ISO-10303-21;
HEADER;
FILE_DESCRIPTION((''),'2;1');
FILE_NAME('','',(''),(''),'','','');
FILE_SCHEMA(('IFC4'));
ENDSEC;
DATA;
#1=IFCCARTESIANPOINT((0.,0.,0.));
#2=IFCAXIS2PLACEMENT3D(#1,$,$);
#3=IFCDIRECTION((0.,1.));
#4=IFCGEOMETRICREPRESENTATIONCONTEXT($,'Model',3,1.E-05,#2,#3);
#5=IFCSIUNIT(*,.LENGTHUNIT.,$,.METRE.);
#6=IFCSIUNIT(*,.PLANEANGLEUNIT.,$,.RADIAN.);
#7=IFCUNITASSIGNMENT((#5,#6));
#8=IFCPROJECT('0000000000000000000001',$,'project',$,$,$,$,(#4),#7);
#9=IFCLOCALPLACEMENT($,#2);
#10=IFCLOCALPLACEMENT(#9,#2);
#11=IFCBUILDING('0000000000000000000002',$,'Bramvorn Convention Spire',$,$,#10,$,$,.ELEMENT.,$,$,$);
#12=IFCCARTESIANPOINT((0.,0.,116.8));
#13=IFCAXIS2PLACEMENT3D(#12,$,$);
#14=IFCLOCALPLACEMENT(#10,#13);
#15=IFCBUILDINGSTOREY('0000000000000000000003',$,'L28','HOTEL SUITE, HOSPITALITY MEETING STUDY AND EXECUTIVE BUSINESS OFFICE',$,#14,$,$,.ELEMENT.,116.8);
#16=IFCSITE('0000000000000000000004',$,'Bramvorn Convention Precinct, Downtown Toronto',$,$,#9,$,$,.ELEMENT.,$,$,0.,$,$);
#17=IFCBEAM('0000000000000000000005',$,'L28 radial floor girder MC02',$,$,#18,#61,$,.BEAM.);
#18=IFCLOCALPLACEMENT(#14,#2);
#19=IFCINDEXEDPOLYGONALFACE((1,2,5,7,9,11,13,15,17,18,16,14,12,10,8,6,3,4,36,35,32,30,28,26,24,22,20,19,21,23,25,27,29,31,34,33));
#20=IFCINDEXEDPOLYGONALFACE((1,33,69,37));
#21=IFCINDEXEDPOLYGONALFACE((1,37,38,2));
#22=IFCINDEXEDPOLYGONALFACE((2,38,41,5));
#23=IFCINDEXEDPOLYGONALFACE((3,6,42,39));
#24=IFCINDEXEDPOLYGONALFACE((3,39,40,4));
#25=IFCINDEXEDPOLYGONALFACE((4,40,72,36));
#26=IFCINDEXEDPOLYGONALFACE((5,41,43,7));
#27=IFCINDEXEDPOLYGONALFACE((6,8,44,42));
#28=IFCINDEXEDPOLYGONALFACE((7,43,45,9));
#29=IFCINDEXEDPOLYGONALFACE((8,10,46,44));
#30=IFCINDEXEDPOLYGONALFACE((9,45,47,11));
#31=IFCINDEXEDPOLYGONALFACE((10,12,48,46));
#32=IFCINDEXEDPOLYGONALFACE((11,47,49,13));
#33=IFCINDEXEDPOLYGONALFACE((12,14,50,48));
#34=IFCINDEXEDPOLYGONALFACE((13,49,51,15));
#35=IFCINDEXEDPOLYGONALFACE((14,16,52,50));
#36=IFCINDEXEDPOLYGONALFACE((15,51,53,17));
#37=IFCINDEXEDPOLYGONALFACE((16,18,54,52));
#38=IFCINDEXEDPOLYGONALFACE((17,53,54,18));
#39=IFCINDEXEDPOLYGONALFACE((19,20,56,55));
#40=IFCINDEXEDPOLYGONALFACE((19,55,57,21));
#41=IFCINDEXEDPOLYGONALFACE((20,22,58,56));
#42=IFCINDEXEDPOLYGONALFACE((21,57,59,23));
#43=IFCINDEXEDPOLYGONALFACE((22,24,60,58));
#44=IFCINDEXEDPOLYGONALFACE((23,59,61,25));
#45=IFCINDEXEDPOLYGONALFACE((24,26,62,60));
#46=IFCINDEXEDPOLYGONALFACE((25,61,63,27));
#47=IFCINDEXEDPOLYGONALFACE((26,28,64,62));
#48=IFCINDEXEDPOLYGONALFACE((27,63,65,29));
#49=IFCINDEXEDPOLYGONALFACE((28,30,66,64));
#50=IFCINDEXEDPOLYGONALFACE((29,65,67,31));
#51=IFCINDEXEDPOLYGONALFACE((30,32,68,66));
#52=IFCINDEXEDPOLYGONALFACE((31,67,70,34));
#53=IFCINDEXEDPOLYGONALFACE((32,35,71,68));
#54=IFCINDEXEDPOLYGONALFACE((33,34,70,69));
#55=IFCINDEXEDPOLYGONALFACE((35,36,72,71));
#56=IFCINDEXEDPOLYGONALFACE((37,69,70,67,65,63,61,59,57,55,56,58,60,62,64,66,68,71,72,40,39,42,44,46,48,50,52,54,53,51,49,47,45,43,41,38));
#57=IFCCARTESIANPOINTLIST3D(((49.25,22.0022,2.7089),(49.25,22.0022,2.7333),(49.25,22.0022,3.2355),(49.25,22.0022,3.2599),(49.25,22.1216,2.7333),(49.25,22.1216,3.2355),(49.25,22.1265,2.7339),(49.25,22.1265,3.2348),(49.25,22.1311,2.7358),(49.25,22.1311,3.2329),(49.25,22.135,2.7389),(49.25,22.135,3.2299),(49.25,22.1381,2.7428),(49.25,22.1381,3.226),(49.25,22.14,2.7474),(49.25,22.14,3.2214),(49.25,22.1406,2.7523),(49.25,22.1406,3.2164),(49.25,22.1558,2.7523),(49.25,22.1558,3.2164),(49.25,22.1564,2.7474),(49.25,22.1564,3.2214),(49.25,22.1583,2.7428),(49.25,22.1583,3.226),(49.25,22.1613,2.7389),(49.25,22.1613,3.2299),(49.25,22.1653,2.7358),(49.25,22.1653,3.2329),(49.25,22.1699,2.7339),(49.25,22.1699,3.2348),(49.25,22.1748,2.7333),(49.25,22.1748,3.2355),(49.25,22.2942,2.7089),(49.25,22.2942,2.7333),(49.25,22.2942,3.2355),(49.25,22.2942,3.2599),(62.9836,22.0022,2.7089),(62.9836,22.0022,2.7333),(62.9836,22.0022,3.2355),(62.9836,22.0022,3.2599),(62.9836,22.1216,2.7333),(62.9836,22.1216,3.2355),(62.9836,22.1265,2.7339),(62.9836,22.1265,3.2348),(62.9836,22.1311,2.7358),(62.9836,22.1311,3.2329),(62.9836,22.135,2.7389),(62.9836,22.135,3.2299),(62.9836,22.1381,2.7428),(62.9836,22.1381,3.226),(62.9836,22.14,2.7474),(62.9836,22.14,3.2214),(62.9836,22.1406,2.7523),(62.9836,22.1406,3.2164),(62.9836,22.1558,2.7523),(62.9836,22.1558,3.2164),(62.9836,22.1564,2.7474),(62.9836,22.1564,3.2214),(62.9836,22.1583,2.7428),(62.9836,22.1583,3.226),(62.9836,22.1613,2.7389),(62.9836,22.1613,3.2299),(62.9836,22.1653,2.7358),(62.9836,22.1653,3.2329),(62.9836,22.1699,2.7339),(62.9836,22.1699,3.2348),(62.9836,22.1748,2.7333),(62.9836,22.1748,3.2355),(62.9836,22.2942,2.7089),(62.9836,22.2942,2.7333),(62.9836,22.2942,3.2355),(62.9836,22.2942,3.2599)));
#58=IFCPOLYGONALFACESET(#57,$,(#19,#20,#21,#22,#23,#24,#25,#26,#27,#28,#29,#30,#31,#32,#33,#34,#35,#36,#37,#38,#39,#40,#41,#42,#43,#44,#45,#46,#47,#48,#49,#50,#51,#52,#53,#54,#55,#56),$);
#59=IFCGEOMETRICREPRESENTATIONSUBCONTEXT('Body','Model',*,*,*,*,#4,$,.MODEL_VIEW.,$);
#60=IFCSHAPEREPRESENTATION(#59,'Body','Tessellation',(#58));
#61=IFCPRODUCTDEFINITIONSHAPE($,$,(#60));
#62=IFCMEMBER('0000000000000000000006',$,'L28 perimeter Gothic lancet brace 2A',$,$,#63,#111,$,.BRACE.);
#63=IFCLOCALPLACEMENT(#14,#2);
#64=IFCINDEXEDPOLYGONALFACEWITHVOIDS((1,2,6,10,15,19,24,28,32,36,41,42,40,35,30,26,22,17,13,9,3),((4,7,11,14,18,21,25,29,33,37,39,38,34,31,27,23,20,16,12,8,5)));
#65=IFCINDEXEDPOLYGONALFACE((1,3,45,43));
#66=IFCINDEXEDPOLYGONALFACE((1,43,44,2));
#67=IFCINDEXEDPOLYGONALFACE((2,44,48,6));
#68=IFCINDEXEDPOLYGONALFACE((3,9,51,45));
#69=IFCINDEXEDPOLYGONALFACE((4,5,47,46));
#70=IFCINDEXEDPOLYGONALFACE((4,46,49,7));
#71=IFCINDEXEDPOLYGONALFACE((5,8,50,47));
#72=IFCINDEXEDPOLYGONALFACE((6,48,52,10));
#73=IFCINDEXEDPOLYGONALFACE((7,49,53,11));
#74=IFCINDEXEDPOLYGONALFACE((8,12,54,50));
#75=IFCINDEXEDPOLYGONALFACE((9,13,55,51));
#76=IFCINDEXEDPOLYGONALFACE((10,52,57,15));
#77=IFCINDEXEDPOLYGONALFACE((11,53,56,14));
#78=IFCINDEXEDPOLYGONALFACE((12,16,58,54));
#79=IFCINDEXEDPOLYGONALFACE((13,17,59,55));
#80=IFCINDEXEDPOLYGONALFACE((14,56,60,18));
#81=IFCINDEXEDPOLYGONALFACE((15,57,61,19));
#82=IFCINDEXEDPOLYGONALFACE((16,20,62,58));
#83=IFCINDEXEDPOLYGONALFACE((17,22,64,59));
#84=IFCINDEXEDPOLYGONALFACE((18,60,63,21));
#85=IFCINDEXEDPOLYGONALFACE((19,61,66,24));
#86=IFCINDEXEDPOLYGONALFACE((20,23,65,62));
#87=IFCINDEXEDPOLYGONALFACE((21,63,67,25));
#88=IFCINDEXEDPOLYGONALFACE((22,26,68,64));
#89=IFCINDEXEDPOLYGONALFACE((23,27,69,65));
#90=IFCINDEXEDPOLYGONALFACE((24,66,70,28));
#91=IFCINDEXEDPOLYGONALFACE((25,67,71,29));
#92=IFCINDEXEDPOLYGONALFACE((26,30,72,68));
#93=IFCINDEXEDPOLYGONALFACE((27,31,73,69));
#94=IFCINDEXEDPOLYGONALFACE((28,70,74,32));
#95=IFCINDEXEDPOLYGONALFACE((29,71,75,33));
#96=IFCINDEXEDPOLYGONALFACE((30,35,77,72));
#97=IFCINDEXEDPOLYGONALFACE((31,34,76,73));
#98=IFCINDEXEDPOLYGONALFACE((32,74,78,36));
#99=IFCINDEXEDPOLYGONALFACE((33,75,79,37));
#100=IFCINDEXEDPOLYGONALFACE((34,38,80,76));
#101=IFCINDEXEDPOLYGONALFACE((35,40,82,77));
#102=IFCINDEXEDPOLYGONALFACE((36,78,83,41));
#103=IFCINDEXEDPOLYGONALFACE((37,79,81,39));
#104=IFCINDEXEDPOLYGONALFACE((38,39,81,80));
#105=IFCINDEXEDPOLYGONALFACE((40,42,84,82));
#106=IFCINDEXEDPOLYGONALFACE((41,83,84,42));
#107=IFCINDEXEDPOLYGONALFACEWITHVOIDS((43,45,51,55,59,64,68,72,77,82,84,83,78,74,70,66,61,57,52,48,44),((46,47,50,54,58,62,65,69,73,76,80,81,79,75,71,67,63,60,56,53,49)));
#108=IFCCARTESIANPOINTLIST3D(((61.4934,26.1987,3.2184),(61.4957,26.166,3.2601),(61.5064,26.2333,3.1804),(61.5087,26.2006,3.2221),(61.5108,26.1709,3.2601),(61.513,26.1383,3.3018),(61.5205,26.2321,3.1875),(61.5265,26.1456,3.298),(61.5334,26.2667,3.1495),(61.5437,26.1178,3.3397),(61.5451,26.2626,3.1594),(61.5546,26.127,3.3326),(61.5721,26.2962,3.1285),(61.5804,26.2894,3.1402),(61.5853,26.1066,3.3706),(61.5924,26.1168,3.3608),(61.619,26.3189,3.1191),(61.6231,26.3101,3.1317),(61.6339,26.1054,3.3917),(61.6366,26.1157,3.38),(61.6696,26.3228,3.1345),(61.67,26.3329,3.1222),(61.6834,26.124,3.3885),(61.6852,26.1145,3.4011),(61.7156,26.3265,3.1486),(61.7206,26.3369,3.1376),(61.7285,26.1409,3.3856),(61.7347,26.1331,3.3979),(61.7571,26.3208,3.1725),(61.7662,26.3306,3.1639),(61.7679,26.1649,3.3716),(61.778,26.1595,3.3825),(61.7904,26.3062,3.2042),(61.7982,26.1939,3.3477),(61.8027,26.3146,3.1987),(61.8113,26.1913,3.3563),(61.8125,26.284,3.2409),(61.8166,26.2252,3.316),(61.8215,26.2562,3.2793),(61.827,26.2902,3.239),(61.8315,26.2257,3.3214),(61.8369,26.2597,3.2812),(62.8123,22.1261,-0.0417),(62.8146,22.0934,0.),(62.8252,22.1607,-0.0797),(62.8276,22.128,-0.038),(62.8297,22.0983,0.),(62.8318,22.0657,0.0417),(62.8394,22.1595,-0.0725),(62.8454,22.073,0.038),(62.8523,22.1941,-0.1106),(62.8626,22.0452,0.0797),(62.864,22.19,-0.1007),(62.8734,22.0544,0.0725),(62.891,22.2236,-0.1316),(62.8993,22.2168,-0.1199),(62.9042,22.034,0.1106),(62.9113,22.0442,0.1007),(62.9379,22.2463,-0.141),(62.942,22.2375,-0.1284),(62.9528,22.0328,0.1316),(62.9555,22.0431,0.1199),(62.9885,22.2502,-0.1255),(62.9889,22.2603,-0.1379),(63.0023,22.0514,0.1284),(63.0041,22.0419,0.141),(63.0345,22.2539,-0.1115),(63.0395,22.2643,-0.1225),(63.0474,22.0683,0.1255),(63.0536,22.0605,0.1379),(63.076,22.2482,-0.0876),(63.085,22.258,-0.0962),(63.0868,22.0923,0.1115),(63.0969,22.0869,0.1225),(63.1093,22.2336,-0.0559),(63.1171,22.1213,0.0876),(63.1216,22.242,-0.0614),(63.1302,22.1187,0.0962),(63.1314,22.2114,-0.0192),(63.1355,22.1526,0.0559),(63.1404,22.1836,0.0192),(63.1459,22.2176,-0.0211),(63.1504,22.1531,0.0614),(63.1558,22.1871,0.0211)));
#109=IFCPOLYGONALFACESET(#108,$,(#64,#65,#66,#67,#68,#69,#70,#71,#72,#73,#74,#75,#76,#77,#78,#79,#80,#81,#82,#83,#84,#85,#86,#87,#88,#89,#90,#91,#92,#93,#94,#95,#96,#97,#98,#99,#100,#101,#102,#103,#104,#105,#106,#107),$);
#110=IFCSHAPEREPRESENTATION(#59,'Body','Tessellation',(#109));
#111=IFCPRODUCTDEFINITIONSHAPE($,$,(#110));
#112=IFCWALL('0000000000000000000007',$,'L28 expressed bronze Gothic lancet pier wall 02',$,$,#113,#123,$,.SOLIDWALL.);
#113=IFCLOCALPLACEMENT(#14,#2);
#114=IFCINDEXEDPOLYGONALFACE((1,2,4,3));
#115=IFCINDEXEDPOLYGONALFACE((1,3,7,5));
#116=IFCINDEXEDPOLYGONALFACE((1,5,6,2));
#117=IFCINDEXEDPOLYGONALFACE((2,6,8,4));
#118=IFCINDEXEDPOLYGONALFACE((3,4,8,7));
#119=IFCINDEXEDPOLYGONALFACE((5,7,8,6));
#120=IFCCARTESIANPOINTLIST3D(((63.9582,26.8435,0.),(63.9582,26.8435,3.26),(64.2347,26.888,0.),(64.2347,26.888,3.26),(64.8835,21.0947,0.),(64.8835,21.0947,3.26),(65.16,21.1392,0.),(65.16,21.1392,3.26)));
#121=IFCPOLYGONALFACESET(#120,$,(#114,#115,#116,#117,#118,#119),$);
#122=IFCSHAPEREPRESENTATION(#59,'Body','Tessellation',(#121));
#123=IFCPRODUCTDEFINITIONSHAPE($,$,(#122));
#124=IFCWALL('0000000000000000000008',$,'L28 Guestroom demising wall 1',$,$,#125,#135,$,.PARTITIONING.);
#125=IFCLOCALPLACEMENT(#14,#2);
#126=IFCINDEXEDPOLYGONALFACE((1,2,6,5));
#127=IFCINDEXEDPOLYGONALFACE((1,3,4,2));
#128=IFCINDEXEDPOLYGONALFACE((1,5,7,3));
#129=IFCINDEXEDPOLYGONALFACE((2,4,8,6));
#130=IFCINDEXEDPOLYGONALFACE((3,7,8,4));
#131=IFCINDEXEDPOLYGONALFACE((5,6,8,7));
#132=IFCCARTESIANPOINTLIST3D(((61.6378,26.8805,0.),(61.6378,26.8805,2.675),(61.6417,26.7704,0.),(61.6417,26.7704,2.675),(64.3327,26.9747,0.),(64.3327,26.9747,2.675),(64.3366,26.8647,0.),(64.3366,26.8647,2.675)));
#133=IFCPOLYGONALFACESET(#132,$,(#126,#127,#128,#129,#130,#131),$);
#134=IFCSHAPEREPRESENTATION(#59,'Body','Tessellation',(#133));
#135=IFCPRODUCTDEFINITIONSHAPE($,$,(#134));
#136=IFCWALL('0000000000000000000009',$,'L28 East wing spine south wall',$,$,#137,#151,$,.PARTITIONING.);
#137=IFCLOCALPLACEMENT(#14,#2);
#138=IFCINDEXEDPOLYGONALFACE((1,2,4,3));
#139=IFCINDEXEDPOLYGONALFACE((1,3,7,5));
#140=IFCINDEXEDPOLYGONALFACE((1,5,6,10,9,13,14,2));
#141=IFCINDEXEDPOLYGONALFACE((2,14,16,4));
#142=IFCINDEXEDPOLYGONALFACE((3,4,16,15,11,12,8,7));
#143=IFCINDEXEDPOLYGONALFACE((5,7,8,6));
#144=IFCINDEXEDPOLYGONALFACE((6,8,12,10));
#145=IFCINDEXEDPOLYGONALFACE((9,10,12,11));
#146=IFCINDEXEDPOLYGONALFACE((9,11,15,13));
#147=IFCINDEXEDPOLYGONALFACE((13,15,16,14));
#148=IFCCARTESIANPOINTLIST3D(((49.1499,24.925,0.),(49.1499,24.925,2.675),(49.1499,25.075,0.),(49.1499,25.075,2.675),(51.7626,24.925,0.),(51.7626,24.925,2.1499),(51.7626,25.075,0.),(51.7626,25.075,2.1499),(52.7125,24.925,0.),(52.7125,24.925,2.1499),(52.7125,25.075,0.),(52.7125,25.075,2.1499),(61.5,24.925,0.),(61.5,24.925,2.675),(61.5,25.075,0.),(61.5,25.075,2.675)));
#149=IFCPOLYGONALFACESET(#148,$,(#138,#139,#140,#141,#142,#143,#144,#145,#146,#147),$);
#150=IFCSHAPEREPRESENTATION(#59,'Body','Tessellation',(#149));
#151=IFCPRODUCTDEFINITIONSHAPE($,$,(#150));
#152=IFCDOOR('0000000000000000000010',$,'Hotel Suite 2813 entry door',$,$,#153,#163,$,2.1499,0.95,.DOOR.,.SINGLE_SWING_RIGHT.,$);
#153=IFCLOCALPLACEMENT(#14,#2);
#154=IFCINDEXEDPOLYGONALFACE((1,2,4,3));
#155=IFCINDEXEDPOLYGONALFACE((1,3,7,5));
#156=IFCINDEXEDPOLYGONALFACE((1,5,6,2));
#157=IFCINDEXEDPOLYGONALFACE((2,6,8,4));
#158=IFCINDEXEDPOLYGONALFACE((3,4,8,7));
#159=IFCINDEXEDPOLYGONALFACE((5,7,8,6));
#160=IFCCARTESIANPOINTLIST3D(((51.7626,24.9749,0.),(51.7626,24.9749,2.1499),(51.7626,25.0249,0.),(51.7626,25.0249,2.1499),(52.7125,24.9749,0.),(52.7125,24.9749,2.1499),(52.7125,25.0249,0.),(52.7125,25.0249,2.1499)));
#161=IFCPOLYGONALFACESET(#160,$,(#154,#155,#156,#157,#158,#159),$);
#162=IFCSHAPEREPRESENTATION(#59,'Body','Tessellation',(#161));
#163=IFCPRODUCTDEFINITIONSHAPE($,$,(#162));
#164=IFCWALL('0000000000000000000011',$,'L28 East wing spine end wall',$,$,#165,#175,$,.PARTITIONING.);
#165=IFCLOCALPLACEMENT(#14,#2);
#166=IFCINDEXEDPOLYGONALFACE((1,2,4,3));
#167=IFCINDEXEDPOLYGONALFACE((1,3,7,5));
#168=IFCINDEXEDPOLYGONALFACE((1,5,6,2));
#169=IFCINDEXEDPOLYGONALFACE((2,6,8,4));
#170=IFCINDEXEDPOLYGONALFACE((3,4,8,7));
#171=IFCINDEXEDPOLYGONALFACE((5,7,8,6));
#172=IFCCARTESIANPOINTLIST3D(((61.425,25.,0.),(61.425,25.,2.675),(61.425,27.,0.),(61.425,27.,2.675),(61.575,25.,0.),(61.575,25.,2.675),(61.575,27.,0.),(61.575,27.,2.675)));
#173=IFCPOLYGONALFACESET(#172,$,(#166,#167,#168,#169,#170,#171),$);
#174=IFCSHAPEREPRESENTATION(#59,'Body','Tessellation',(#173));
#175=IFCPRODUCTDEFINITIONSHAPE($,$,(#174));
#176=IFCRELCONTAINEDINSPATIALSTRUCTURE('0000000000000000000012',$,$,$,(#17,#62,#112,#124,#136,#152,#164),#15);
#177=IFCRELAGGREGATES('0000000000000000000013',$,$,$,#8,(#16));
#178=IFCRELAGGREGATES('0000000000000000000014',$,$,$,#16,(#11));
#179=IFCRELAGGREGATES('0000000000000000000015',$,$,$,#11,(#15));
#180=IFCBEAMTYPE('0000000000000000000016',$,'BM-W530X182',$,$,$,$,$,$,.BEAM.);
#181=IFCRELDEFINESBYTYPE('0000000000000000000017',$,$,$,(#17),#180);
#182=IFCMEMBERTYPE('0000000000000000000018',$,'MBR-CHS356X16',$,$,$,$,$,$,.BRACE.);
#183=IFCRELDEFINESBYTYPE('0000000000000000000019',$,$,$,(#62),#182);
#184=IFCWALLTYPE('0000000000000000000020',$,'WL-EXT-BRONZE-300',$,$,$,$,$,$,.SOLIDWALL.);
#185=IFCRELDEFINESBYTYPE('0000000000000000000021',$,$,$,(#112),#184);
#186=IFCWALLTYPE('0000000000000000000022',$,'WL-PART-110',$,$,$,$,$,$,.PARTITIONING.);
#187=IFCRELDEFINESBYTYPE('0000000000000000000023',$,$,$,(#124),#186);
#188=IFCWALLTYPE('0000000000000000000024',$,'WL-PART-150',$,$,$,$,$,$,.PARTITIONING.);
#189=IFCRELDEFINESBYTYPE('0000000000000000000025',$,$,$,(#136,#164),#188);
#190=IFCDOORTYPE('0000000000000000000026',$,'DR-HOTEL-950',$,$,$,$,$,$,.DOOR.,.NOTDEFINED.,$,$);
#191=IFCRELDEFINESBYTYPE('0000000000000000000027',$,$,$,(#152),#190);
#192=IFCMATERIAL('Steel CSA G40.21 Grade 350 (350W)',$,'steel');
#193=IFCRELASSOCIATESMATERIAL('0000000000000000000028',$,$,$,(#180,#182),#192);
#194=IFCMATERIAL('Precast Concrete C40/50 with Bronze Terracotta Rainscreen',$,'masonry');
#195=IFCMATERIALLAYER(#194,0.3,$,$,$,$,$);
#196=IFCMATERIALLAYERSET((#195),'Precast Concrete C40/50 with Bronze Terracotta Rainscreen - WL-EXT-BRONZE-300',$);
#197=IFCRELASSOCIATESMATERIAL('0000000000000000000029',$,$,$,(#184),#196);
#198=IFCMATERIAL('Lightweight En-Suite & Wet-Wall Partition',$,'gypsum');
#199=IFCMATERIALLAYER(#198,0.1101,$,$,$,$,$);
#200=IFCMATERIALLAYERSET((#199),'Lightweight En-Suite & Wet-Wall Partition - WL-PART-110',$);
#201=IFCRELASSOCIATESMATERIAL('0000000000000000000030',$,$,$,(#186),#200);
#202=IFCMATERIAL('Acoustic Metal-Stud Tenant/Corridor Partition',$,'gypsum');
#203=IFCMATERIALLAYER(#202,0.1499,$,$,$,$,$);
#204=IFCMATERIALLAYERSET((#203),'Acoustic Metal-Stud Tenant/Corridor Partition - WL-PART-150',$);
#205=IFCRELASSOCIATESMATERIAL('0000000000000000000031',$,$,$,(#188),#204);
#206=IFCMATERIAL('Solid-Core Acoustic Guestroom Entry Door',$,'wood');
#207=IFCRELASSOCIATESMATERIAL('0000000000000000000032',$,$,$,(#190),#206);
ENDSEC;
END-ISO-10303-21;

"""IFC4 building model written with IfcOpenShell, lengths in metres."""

from ifc_helpers import new_model, si_unit, direction, frame, frame_2d, origin, origin_2d, place, context, subcontext, project, spatial, rectangle, hollow_circle, i_section, extrude, material, layer, layer_set, material_profile, profile_set, type_object, element, fill, save


model = new_model("IFC4")

# Units and contexts
model_context = context("Model", 3, precision=1e-05, world=origin(), true_north=direction((0.0, 1.0)))
body_context = subcontext(model_context, "Body", "Model", "MODEL_VIEW")
ifc_project = project(units=[si_unit("LENGTHUNIT", "METRE"), si_unit("PLANEANGLEUNIT", "RADIAN")], contexts=[model_context])

# Site, building, storey
site_placement = place(None, origin())
site = spatial("IfcSite", under=ifc_project, at=site_placement, Name="Bramvorn Convention Precinct, Downtown Toronto", CompositionType="ELEMENT", RefElevation=0.0)
building_placement = place(site_placement, origin())
building = spatial("IfcBuilding", under=site, at=building_placement, Name="Bramvorn Convention Spire", CompositionType="ELEMENT")
storey_placement = place(building_placement, frame((0.0, 0.0, 116.8)))
storey = spatial("IfcBuildingStorey", under=building, at=storey_placement, Name="L28", Description="HOTEL SUITE, HOSPITALITY MEETING STUDY AND EXECUTIVE BUSINESS OFFICE", CompositionType="ELEMENT", Elevation=116.8)

# Shared definitions
ifc_material_1 = material(Name="Steel CSA G40.21 Grade 350 (350W)", Category="steel")

# Beam
ifc_material_profile_1 = material_profile(ifc_material_1, i_section(OverallWidth=0.292, OverallDepth=0.551, WebThickness=0.0151, FlangeThickness=0.0244, FilletRadius=0.019, at=origin_2d()))
ifc_profile_set_1 = profile_set([ifc_material_profile_1], Name="Steel CSA G40.21 Grade 350 (350W) - W530X182")
beam_type_1 = type_object("IfcBeamType", Name="BM-W530X182", PredefinedType="BEAM", material=ifc_profile_set_1)
beam_1_placement = place(storey_placement, frame((49.25, 22.1482, 2.9844), z_axis=(1.0, 0.0, 0.0), x_axis=(0.0, 1.0, 0.0)))
element("IfcBeam", 1, at=beam_1_placement, inside=storey, type_object=beam_type_1, Name="L28 radial floor girder MC02", PredefinedType="BEAM", context=body_context, shape_type="SweptSolid", body=[
    extrude(i_section(OverallWidth=0.292, OverallDepth=0.551, WebThickness=0.0151, FlangeThickness=0.0244, FilletRadius=0.019, at=origin_2d()), origin(), (0.0, 0.0, 1.0), 13.7336),
])

# Member
ifc_material_profile_2 = material_profile(ifc_material_1, hollow_circle(Radius=0.1777, WallThickness=0.0159, at=origin_2d()))
ifc_profile_set_2 = profile_set([ifc_material_profile_2], Name="Steel CSA G40.21 Grade 350 (350W) - CHS356X16")
member_type = type_object("IfcMemberType", Name="MBR-CHS356X16", PredefinedType="BRACE", material=ifc_profile_set_2)
member_placement = place(storey_placement, frame((62.9836, 22.1482, 0.0), z_axis=(-0.245105, 0.756868, 0.605866), x_axis=(-0.951358, -0.308089, 0.0)))
element("IfcMember", 2, at=member_placement, inside=storey, type_object=member_type, Name="L28 perimeter Gothic lancet brace 2A", PredefinedType="BRACE", context=body_context, shape_type="SweptSolid", body=[
    extrude(hollow_circle(Radius=0.1777, WallThickness=0.0159, at=origin_2d()), origin(), (0.0, 0.0, 1.0), 5.3809),
])

# Walls
ifc_material_2 = material(Name="Precast Concrete C40/50 with Bronze Terracotta Rainscreen", Category="masonry")
ifc_layer_1 = layer(ifc_material_2, 0.3)
ifc_layer_set_1 = layer_set([ifc_layer_1], Name="Precast Concrete C40/50 with Bronze Terracotta Rainscreen - WL-EXT-BRONZE-300")
wall_type_1 = type_object("IfcWallType", Name="WL-EXT-BRONZE-300", PredefinedType="SOLIDWALL", material=ifc_layer_set_1)
wall_1_placement = place(storey_placement, frame((64.0964, 26.8657, 0.0), z_axis=(0.0, 0.0, 1.0), x_axis=(0.158909, -0.987293, 0.0)))
element("IfcWall", 3, at=wall_1_placement, inside=storey, type_object=wall_type_1, Name="L28 expressed bronze Gothic lancet pier wall 02", PredefinedType="SOLIDWALL", context=body_context, shape_type="SweptSolid", body=[
    extrude(rectangle(XDim=5.8228, YDim=0.28, at=frame_2d((2.9114, 0.0))), origin(), (0.0, 0.0, 1.0), 3.26),
])
ifc_material_3 = material(Name="Lightweight En-Suite & Wet-Wall Partition", Category="gypsum")
ifc_layer_2 = layer(ifc_material_3, 0.1101)
ifc_layer_set_2 = layer_set([ifc_layer_2], Name="Lightweight En-Suite & Wet-Wall Partition - WL-PART-110")
wall_type_2 = type_object("IfcWallType", Name="WL-PART-110", PredefinedType="PARTITIONING", material=ifc_layer_set_2)
wall_2_placement = place(storey_placement, frame((61.6399, 26.8254, 0.0), z_axis=(0.0, 0.0, 1.0), x_axis=(0.999389, 0.034949, 0.0)))
element("IfcWall", 4, at=wall_2_placement, inside=storey, type_object=wall_type_2, Name="L28 Guestroom demising wall 1", PredefinedType="PARTITIONING", context=body_context, shape_type="SweptSolid", body=[
    extrude(rectangle(XDim=2.6965, YDim=0.1101, at=frame_2d((1.3481, 0.0))), origin(), (0.0, 0.0, 1.0), 2.675),
])

# Wall, opening, door
ifc_material_4 = material(Name="Acoustic Metal-Stud Tenant/Corridor Partition", Category="gypsum")
ifc_layer_3 = layer(ifc_material_4, 0.1499)
ifc_layer_set_3 = layer_set([ifc_layer_3], Name="Acoustic Metal-Stud Tenant/Corridor Partition - WL-PART-150")
wall_type_3 = type_object("IfcWallType", Name="WL-PART-150", PredefinedType="PARTITIONING", material=ifc_layer_set_3)
wall_3_placement = place(storey_placement, frame((49.1499, 25.0, 0.0), z_axis=(0.0, 0.0, 1.0), x_axis=(1.0, 0.0, 0.0)))
wall_3 = element("IfcWall", 5, at=wall_3_placement, inside=storey, type_object=wall_type_3, Name="L28 East wing spine south wall", PredefinedType="PARTITIONING", context=body_context, shape_type="SweptSolid", body=[
    extrude(rectangle(XDim=12.3501, YDim=0.1499, at=frame_2d((6.175, 0.0))), origin(), (0.0, 0.0, 1.0), 2.675),
])
opening_placement = place(wall_3_placement, frame((2.6125, 0.0, 0.0)))
opening = element("IfcOpeningElement", 6, at=opening_placement, cuts=wall_3, PredefinedType="OPENING", context=body_context, shape_type="SweptSolid", body=[
    extrude(rectangle(XDim=0.95, YDim=2.1499, at=frame_2d((0.4751, 1.075))), frame((0.0, 0.085, 0.0), z_axis=(0.0, -1.0, 0.0), x_axis=(1.0, 0.0, 0.0)), (0.0, 0.0, 1.0), 0.1699),
])
ifc_material_5 = material(Name="Solid-Core Acoustic Guestroom Entry Door", Category="wood")
door_type = type_object("IfcDoorType", Name="DR-HOTEL-950", OperationType="NOTDEFINED", PredefinedType="DOOR", material=ifc_material_5)
door_placement = place(opening_placement, origin())
door = element("IfcDoor", 7, at=door_placement, inside=storey, type_object=door_type, Name="Hotel Suite 2813 entry door", OperationType="SINGLE_SWING_RIGHT", OverallHeight=2.1499, OverallWidth=0.95, PredefinedType="DOOR", context=body_context, shape_type="SweptSolid", body=[
    extrude(rectangle(XDim=0.95, YDim=2.1499, at=frame_2d((0.4751, 1.075))), frame((0.0, 0.0249, 0.0), z_axis=(0.0, -1.0, 0.0), x_axis=(1.0, 0.0, 0.0)), (0.0, 0.0, 1.0), 0.05),
])
fill(opening, door)

# Wall
wall_4_placement = place(storey_placement, frame((61.5, 25.0, 0.0), z_axis=(0.0, 0.0, 1.0), x_axis=(0.0, 1.0, 0.0)))
element("IfcWall", 8, at=wall_4_placement, inside=storey, type_object=wall_type_3, Name="L28 East wing spine end wall", PredefinedType="PARTITIONING", context=body_context, shape_type="SweptSolid", body=[
    extrude(rectangle(XDim=2.0, YDim=0.1499, at=frame_2d((1.0, 0.0))), origin(), (0.0, 0.0, 1.0), 2.675),
])

save(model, "model.ifc")
